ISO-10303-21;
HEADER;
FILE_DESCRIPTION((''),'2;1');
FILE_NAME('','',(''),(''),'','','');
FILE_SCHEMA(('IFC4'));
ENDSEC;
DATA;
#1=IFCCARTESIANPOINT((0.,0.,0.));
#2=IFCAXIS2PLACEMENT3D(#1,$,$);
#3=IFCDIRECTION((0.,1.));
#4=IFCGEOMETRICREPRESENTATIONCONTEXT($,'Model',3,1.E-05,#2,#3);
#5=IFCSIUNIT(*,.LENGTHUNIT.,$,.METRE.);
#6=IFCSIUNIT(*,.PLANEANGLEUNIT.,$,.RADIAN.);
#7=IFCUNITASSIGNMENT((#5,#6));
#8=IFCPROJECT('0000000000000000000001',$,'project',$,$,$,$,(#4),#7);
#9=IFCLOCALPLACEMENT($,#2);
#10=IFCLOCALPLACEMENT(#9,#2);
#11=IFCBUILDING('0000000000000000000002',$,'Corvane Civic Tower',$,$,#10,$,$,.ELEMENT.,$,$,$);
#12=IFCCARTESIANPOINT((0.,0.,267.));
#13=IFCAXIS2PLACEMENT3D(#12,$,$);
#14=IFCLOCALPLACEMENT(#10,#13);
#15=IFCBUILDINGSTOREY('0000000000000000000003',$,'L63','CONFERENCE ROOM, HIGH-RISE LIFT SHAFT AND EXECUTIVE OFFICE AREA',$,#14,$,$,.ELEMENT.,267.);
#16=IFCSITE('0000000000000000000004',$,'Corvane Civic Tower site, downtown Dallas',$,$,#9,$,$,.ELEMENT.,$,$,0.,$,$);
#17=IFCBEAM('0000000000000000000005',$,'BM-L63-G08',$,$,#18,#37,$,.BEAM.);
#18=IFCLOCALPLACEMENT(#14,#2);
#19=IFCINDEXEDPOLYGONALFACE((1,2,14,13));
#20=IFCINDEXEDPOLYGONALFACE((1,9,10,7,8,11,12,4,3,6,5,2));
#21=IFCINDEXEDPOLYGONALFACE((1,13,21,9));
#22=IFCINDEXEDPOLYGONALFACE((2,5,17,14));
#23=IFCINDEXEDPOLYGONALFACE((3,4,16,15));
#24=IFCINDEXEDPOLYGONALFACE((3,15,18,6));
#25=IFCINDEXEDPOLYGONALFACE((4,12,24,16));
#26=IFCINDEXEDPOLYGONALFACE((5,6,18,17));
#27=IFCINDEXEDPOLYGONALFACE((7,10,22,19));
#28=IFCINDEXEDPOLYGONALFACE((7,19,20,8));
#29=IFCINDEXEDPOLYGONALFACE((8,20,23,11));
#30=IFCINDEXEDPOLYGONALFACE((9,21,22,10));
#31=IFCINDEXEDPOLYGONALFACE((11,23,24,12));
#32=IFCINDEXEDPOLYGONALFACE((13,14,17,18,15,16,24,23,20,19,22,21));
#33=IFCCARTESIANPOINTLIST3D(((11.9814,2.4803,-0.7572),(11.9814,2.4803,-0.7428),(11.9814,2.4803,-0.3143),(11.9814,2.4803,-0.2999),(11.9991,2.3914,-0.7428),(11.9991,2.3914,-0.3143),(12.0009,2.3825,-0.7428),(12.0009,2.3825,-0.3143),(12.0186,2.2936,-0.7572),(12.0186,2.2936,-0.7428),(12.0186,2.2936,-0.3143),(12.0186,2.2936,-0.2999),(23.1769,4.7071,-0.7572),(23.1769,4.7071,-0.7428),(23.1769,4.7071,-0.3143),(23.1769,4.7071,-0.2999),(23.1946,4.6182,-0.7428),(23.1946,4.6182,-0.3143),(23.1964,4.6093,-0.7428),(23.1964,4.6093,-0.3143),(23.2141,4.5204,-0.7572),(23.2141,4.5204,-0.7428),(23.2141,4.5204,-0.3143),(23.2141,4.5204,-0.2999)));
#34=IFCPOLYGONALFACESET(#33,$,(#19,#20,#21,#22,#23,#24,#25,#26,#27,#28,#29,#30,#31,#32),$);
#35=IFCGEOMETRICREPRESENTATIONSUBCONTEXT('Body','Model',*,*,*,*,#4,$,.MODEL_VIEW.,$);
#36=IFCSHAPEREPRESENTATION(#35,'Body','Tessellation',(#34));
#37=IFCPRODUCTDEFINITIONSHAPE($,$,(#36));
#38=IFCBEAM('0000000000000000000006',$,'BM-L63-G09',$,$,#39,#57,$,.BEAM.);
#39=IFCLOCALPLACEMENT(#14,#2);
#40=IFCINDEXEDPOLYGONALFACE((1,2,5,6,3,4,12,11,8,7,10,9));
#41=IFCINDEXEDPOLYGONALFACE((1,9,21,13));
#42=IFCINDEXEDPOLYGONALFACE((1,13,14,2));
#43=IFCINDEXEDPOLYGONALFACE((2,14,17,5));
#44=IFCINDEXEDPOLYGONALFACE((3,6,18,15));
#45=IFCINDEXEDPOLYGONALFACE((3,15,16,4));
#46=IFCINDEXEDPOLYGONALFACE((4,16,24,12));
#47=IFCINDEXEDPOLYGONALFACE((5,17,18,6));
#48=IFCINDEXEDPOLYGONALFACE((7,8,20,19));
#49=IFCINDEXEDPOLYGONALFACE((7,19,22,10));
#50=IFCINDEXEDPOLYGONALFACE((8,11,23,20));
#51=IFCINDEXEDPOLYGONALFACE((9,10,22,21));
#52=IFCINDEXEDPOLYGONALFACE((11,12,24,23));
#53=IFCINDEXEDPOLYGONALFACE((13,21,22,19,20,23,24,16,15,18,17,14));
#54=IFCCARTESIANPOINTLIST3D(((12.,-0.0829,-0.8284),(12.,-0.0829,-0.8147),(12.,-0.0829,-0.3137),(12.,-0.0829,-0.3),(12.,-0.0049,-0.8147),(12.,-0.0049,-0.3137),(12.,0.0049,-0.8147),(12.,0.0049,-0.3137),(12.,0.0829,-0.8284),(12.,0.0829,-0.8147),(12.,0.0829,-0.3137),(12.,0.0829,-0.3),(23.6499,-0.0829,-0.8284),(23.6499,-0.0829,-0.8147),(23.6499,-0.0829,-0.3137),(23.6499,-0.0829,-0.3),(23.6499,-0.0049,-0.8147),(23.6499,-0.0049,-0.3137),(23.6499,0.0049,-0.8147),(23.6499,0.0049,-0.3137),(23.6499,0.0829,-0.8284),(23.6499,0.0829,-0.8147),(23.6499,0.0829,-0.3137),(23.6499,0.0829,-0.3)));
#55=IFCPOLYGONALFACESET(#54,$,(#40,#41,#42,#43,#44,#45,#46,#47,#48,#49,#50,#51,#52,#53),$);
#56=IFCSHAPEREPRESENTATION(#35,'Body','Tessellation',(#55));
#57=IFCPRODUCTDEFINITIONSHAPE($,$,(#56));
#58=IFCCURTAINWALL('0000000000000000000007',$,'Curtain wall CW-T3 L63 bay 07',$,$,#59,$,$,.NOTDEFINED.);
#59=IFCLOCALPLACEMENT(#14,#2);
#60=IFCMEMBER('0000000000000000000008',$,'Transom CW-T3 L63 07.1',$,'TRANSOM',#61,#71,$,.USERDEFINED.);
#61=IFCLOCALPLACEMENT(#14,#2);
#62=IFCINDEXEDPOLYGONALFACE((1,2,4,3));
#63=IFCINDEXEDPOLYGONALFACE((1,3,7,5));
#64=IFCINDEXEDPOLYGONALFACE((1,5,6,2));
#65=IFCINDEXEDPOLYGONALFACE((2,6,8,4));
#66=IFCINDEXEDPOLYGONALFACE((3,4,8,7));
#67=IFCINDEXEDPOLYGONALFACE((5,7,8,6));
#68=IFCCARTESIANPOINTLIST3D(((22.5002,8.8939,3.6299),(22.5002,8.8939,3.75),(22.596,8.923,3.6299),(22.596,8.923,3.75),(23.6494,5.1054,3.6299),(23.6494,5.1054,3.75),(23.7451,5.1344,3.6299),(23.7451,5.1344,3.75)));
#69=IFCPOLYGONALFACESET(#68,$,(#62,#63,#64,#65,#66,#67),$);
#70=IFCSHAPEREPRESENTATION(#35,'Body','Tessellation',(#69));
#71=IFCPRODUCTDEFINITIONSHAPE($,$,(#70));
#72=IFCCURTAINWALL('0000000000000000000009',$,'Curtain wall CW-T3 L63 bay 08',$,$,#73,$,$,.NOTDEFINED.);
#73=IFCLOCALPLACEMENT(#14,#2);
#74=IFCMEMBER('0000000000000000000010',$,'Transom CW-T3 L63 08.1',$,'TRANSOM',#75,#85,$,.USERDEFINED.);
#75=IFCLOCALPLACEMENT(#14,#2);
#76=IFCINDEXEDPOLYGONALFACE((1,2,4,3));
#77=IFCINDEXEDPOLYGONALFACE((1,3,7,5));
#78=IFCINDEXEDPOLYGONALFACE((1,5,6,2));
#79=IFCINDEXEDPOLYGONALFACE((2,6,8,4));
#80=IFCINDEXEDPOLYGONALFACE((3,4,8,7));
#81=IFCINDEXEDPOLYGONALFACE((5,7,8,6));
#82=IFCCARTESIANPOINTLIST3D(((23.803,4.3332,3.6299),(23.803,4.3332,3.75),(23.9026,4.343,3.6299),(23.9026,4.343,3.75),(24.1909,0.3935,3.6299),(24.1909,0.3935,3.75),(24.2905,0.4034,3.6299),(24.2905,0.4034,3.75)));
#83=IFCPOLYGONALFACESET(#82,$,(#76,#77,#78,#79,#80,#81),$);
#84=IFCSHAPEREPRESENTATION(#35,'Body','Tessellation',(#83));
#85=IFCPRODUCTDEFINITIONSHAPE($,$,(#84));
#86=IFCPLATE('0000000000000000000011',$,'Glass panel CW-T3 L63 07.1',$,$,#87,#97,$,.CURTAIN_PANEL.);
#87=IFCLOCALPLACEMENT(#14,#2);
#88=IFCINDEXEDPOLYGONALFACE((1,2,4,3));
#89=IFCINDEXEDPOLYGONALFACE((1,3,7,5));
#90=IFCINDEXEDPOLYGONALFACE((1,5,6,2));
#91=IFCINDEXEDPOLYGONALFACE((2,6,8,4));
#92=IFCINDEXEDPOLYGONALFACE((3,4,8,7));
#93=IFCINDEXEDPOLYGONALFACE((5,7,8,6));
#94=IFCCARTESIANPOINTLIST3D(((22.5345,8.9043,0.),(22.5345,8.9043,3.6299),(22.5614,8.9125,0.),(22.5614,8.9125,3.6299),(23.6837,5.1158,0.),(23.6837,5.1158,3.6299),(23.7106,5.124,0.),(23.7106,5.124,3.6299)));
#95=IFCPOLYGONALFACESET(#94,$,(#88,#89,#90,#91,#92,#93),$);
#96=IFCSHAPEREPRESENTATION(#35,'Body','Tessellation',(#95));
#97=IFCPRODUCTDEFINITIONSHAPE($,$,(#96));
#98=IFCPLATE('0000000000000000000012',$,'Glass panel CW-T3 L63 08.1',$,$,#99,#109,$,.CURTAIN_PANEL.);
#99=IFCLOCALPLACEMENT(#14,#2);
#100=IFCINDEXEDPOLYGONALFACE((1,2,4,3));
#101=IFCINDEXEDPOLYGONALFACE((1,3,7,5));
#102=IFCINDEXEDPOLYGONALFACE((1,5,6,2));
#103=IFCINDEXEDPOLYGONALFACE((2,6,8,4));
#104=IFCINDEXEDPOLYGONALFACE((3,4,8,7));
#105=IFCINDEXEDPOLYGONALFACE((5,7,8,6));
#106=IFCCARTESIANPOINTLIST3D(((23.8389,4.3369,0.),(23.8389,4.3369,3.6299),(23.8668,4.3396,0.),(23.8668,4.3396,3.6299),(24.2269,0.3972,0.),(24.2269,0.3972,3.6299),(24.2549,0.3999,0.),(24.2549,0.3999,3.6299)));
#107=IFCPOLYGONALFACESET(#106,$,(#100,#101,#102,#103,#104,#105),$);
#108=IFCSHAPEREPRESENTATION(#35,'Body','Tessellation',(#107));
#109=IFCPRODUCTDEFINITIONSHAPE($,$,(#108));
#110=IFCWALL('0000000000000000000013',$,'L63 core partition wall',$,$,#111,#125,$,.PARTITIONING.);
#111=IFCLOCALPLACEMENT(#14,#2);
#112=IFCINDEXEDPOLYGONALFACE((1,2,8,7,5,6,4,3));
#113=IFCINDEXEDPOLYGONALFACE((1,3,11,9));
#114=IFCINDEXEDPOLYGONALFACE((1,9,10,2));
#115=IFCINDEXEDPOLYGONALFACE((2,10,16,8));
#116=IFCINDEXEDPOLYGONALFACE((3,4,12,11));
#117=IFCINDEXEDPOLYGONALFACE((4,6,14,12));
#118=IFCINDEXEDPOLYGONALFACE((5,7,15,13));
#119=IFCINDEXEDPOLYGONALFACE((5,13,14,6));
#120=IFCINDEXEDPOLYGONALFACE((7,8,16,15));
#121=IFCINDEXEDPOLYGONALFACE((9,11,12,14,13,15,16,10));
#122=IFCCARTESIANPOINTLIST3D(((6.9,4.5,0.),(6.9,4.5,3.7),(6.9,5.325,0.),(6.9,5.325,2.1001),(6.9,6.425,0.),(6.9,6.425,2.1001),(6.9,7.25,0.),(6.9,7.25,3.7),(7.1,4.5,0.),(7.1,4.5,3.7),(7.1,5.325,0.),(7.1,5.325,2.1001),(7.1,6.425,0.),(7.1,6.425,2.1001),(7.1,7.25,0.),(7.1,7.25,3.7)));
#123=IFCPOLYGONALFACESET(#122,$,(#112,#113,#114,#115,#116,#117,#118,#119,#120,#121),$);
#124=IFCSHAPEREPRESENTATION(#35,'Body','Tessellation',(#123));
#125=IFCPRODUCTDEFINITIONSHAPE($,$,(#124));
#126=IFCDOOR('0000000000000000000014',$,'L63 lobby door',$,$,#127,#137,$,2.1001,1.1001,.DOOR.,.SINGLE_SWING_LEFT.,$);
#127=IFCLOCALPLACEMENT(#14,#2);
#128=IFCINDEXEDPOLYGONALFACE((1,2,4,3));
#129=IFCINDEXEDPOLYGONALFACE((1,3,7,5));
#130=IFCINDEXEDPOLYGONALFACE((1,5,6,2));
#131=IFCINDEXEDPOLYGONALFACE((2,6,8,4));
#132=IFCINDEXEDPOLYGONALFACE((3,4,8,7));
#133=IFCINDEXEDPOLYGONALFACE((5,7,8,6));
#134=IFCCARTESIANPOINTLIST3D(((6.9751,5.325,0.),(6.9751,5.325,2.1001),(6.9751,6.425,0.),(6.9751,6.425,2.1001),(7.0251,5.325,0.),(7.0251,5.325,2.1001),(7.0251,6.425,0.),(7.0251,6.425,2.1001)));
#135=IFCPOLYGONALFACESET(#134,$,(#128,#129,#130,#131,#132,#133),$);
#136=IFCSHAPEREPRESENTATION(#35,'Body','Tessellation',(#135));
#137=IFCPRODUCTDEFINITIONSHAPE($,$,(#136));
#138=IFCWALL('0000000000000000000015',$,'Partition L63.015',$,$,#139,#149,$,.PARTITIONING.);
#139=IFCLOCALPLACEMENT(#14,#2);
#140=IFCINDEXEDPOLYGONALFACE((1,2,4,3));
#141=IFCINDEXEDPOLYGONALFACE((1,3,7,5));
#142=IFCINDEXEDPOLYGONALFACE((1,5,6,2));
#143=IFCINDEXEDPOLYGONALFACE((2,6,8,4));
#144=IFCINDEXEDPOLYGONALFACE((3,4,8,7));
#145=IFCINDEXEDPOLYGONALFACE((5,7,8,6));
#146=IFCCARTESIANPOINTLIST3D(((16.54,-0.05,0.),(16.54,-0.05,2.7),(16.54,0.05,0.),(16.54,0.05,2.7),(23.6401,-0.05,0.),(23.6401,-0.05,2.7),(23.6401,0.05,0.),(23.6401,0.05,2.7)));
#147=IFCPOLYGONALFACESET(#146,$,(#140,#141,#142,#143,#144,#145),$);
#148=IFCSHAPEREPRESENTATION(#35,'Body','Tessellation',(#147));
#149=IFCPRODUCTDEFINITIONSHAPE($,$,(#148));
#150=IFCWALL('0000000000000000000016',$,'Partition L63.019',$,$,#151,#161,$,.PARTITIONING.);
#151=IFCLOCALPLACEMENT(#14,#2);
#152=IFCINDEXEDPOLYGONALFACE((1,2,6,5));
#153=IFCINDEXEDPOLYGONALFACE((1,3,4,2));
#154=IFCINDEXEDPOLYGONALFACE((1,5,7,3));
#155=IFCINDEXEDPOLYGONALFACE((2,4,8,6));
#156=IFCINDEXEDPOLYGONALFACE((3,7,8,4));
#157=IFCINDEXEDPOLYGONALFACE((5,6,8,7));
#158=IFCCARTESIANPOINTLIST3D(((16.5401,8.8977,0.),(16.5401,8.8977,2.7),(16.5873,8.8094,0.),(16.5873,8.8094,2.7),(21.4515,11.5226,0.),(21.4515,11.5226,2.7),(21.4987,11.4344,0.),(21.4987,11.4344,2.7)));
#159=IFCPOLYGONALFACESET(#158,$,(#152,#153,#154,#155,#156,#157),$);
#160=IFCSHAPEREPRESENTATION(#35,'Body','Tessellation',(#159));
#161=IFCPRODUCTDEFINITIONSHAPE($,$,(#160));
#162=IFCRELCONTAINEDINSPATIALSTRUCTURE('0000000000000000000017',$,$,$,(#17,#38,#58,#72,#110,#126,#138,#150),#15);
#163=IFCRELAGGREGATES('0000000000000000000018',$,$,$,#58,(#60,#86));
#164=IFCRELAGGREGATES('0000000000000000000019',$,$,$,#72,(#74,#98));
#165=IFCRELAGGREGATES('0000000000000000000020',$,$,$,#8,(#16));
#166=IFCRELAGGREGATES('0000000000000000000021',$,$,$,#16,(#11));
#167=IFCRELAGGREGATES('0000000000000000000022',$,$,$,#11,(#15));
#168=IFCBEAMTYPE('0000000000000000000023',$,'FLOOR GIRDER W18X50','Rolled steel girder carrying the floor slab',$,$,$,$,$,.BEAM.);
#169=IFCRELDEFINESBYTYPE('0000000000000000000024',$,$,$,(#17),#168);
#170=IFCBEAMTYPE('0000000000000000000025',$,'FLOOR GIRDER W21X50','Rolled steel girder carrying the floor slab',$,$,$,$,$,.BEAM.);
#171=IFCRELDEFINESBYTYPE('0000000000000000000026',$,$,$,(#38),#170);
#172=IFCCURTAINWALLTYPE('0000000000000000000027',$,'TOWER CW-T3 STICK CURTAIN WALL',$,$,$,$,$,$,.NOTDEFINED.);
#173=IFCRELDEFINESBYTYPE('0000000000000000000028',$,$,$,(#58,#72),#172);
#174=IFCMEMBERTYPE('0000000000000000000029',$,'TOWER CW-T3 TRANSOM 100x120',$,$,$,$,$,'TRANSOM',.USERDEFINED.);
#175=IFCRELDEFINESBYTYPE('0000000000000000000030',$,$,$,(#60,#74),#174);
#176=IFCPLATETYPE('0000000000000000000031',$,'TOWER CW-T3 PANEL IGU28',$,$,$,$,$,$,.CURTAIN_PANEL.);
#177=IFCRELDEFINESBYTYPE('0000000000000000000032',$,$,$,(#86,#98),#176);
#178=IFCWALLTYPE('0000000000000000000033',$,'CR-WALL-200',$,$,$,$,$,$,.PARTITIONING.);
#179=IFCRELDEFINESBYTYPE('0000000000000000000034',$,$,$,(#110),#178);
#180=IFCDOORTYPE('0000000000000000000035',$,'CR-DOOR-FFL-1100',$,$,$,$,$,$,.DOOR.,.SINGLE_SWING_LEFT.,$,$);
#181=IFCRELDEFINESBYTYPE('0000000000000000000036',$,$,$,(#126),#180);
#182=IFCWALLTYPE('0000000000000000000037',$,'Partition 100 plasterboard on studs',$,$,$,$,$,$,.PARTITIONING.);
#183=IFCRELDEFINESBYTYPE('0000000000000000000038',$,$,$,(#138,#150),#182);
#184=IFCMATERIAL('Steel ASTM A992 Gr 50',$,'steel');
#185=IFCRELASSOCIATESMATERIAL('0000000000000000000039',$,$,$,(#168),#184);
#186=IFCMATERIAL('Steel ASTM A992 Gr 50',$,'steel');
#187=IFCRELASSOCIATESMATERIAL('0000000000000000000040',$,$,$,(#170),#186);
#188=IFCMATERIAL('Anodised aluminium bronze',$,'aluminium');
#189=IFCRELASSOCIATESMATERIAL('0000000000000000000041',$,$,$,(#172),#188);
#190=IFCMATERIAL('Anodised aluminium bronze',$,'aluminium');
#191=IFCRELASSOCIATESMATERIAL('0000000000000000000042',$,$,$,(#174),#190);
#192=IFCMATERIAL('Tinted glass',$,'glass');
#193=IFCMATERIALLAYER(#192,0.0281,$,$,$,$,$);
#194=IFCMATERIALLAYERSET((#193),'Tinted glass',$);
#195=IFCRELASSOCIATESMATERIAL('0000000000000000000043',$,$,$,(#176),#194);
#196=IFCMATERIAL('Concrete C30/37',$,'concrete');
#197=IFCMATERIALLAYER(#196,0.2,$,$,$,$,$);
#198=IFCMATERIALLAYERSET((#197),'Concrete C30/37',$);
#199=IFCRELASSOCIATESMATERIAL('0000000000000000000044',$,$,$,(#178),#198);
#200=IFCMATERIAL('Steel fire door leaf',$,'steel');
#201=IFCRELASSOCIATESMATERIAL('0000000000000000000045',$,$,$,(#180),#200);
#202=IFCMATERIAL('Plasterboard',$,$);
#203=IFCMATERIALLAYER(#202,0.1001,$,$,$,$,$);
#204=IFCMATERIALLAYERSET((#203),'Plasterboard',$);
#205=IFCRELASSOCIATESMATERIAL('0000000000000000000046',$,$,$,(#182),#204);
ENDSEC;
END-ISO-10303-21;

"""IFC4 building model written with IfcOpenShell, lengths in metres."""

from ifc_helpers import new_model, si_unit, direction, frame, frame_2d, origin, origin_2d, place, context, subcontext, project, spatial, rectangle, i_section, extrude, material, layer, layer_set, material_profile, profile_set, type_object, element, fill, aggregate, save


model = new_model("IFC4")

# Units and contexts
model_context = context("Model", 3, precision=1e-05, world=origin(), true_north=direction((0.0, 1.0)))
body_context = subcontext(model_context, "Body", "Model", "MODEL_VIEW")
ifc_project = project(units=[si_unit("LENGTHUNIT", "METRE"), si_unit("PLANEANGLEUNIT", "RADIAN")], contexts=[model_context])

# Site, building, storey
site_placement = place(None, origin())
site = spatial("IfcSite", under=ifc_project, at=site_placement, Name="Corvane Civic Tower site, downtown Dallas", CompositionType="ELEMENT", RefElevation=0.0)
building_placement = place(site_placement, origin())
building = spatial("IfcBuilding", under=site, at=building_placement, Name="Corvane Civic Tower", CompositionType="ELEMENT")
storey_placement = place(building_placement, frame((0.0, 0.0, 267.0)))
storey = spatial("IfcBuildingStorey", under=building, at=storey_placement, Name="L63", Description="CONFERENCE ROOM, HIGH-RISE LIFT SHAFT AND EXECUTIVE OFFICE AREA", CompositionType="ELEMENT", Elevation=267.0)

# Beams
ifc_material_1 = material(Name="Steel ASTM A992 Gr 50", Category="steel")
ifc_material_profile_1 = material_profile(ifc_material_1, i_section(OverallWidth=0.1904, OverallDepth=0.4573, WebThickness=0.009, FlangeThickness=0.0144, at=origin_2d()), Name="W18X50")
ifc_profile_set_1 = profile_set([ifc_material_profile_1], Name="Steel ASTM A992 Gr 50")
beam_type_1 = type_object("IfcBeamType", Name="FLOOR GIRDER W18X50", Description="Rolled steel girder carrying the floor slab", PredefinedType="BEAM", material=ifc_profile_set_1)
beam_1_placement = place(storey_placement, frame((12.0, 2.387, -0.5286), z_axis=(0.980787, 0.19508, 0.0), x_axis=(-0.19508, 0.980787, 0.0)))
element("IfcBeam", 1, at=beam_1_placement, inside=storey, type_object=beam_type_1, Name="BM-L63-G08", PredefinedType="BEAM", context=body_context, shape_type="SweptSolid", body=[
    extrude(i_section(OverallWidth=0.1904, OverallDepth=0.4573, WebThickness=0.009, FlangeThickness=0.0144, at=origin_2d()), origin(), (0.0, 0.0, 1.0), 11.4148),
])
ifc_material_2 = material(Name="Steel ASTM A992 Gr 50", Category="steel")
ifc_material_profile_2 = material_profile(ifc_material_2, i_section(OverallWidth=0.1658, OverallDepth=0.5283, WebThickness=0.0098, FlangeThickness=0.0137, at=origin_2d()), Name="W21X50")
ifc_profile_set_2 = profile_set([ifc_material_profile_2], Name="Steel ASTM A992 Gr 50")
beam_type_2 = type_object("IfcBeamType", Name="FLOOR GIRDER W21X50", Description="Rolled steel girder carrying the floor slab", PredefinedType="BEAM", material=ifc_profile_set_2)
beam_2_placement = place(storey_placement, frame((12.0, 0.0, -0.5642), z_axis=(1.0, 0.0, 0.0), x_axis=(0.0, 1.0, 0.0)))
element("IfcBeam", 2, at=beam_2_placement, inside=storey, type_object=beam_type_2, Name="BM-L63-G09", PredefinedType="BEAM", context=body_context, shape_type="SweptSolid", body=[
    extrude(i_section(OverallWidth=0.1658, OverallDepth=0.5283, WebThickness=0.0098, FlangeThickness=0.0137, at=origin_2d()), origin(), (0.0, 0.0, 1.0), 11.6499),
])

# Curtain walls, members
ifc_material_3 = material(Name="Anodised aluminium bronze", Category="aluminium")
curtain_wall_type = type_object("IfcCurtainWallType", Name="TOWER CW-T3 STICK CURTAIN WALL", PredefinedType="NOTDEFINED", material=ifc_material_3)
curtain_wall_1_placement = place(storey_placement, origin())
curtain_wall_1 = element("IfcCurtainWall", 3, at=curtain_wall_1_placement, inside=storey, type_object=curtain_wall_type, Name="Curtain wall CW-T3 L63 bay 07", PredefinedType="NOTDEFINED")
ifc_material_4 = material(Name="Anodised aluminium bronze", Category="aluminium")
ifc_material_profile_3 = material_profile(ifc_material_4, rectangle(XDim=0.1001, YDim=0.1201, at=origin_2d()), Name="TOWER CW-T3 TRANSOM 100x120")
ifc_profile_set_3 = profile_set([ifc_material_profile_3], Name="Anodised aluminium bronze")
member_type = type_object("IfcMemberType", Name="TOWER CW-T3 TRANSOM 100x120", ElementType="TRANSOM", PredefinedType="USERDEFINED", material=ifc_profile_set_3)
member_1_placement = place(storey_placement, frame((22.5481, 8.9084, 3.6899), z_axis=(0.290266, -0.956946, 0.0), x_axis=(0.956946, 0.290266, 0.0)))
member_1 = element("IfcMember", 4, at=member_1_placement, type_object=member_type, Name="Transom CW-T3 L63 07.1", ObjectType="TRANSOM", PredefinedType="USERDEFINED", context=body_context, shape_type="SweptSolid", body=[
    extrude(rectangle(XDim=0.1001, YDim=0.1201, at=origin_2d()), origin(), (0.0, 0.0, 1.0), 3.959),
])
curtain_wall_2_placement = place(storey_placement, origin())
curtain_wall_2 = element("IfcCurtainWall", 5, at=curtain_wall_2_placement, inside=storey, type_object=curtain_wall_type, Name="Curtain wall CW-T3 L63 bay 08", PredefinedType="NOTDEFINED")
member_2_placement = place(storey_placement, frame((23.8528, 4.3381, 3.6899), z_axis=(0.097995, -0.995187, 0.0), x_axis=(0.995187, 0.097995, 0.0)))
member_2 = element("IfcMember", 6, at=member_2_placement, type_object=member_type, Name="Transom CW-T3 L63 08.1", ObjectType="TRANSOM", PredefinedType="USERDEFINED", context=body_context, shape_type="SweptSolid", body=[
    extrude(rectangle(XDim=0.1001, YDim=0.1201, at=origin_2d()), origin(), (0.0, 0.0, 1.0), 3.9587),
])

# Plates
ifc_material_5 = material(Name="Tinted glass", Category="glass")
ifc_layer_1 = layer(ifc_material_5, 0.0281)
ifc_layer_set_1 = layer_set([ifc_layer_1], Name="Tinted glass")
plate_type = type_object("IfcPlateType", Name="TOWER CW-T3 PANEL IGU28", PredefinedType="CURTAIN_PANEL", material=ifc_layer_set_1)
plate_1_placement = place(storey_placement, frame((23.1226, 7.0142, 0.0), z_axis=(0.0, 0.0, 1.0), x_axis=(0.290274, -0.956944, 0.0)))
plate_1 = element("IfcPlate", 7, at=plate_1_placement, type_object=plate_type, Name="Glass panel CW-T3 L63 07.1", PredefinedType="CURTAIN_PANEL", context=body_context, shape_type="SweptSolid", body=[
    extrude(rectangle(XDim=3.959, YDim=0.0281, at=origin_2d()), origin(), (0.0, 0.0, 1.0), 3.6299),
])
aggregate(curtain_wall_1, [member_1, plate_1])
plate_2_placement = place(storey_placement, frame((24.0469, 2.3684, 0.0), z_axis=(0.0, 0.0, 1.0), x_axis=(0.098021, -0.995184, 0.0)))
plate_2 = element("IfcPlate", 8, at=plate_2_placement, type_object=plate_type, Name="Glass panel CW-T3 L63 08.1", PredefinedType="CURTAIN_PANEL", context=body_context, shape_type="SweptSolid", body=[
    extrude(rectangle(XDim=3.9587, YDim=0.0281, at=origin_2d()), origin(), (0.0, 0.0, 1.0), 3.6299),
])
aggregate(curtain_wall_2, [member_2, plate_2])

# Wall, opening, door
ifc_material_6 = material(Name="Concrete C30/37", Category="concrete")
ifc_layer_2 = layer(ifc_material_6, 0.2)
ifc_layer_set_2 = layer_set([ifc_layer_2], Name="Concrete C30/37")
wall_type_1 = type_object("IfcWallType", Name="CR-WALL-200", PredefinedType="PARTITIONING", material=ifc_layer_set_2)
wall_1_placement = place(storey_placement, frame((7.0, 4.5, 0.0), z_axis=(0.0, 0.0, 1.0), x_axis=(0.0, 1.0, 0.0)))
wall_1 = element("IfcWall", 9, at=wall_1_placement, inside=storey, type_object=wall_type_1, Name="L63 core partition wall", PredefinedType="PARTITIONING", context=body_context, shape_type="SweptSolid", body=[
    extrude(rectangle(XDim=2.75, YDim=0.2, at=frame_2d((1.375, 0.0))), origin(), (0.0, 0.0, 1.0), 3.7),
])
opening_1_placement = place(wall_1_placement, frame((0.825, 0.0, 0.0)))
opening_1 = element("IfcOpeningElement", 10, at=opening_1_placement, cuts=wall_1, PredefinedType="OPENING", context=body_context, shape_type="SweptSolid", body=[
    extrude(rectangle(XDim=1.1001, YDim=2.1001, at=frame_2d((0.55, 1.05))), frame((0.0, 0.1099, 0.0), z_axis=(0.0, -1.0, 0.0), x_axis=(1.0, 0.0, 0.0)), (0.0, 0.0, 1.0), 0.22),
])
ifc_material_7 = material(Name="Steel fire door leaf", Category="steel")
door_type_1 = type_object("IfcDoorType", Name="CR-DOOR-FFL-1100", OperationType="SINGLE_SWING_LEFT", PredefinedType="DOOR", material=ifc_material_7)
door_1_placement = place(opening_1_placement, origin())
door_1 = element("IfcDoor", 11, at=door_1_placement, inside=storey, type_object=door_type_1, Name="L63 lobby door", OperationType="SINGLE_SWING_LEFT", OverallHeight=2.1001, OverallWidth=1.1001, PredefinedType="DOOR", context=body_context, shape_type="SweptSolid", body=[
    extrude(rectangle(XDim=1.1001, YDim=2.1001, at=frame_2d((0.55, 1.05))), frame((0.0, 0.0249, 0.0), z_axis=(0.0, -1.0, 0.0), x_axis=(1.0, 0.0, 0.0)), (0.0, 0.0, 1.0), 0.05),
])
fill(opening_1, door_1)

# Walls
ifc_material_8 = material(Name="Plasterboard")
ifc_layer_3 = layer(ifc_material_8, 0.1001)
ifc_layer_set_3 = layer_set([ifc_layer_3], Name="Plasterboard")
wall_type_2 = type_object("IfcWallType", Name="Partition 100 plasterboard on studs", PredefinedType="PARTITIONING", material=ifc_layer_set_3)
wall_2_placement = place(storey_placement, frame((16.54, 0.0, 0.0), z_axis=(0.0, 0.0, 1.0), x_axis=(1.0, 0.0, 0.0)))
element("IfcWall", 12, at=wall_2_placement, inside=storey, type_object=wall_type_2, Name="Partition L63.015", PredefinedType="PARTITIONING", context=body_context, shape_type="SweptSolid", body=[
    extrude(rectangle(XDim=7.1001, YDim=0.1001, at=frame_2d((3.55, 0.0))), origin(), (0.0, 0.0, 1.0), 2.7),
])
wall_3_placement = place(storey_placement, frame((16.5637, 8.8535, 0.0), z_axis=(0.0, 0.0, 1.0), x_axis=(0.881935, 0.471371, 0.0)))
element("IfcWall", 13, at=wall_3_placement, inside=storey, type_object=wall_type_2, Name="Partition L63.019", PredefinedType="PARTITIONING", context=body_context, shape_type="SweptSolid", body=[
    extrude(rectangle(XDim=5.5688, YDim=0.1001, at=frame_2d((2.7844, 0.0))), origin(), (0.0, 0.0, 1.0), 2.7),
])

save(model, "model.ifc")
